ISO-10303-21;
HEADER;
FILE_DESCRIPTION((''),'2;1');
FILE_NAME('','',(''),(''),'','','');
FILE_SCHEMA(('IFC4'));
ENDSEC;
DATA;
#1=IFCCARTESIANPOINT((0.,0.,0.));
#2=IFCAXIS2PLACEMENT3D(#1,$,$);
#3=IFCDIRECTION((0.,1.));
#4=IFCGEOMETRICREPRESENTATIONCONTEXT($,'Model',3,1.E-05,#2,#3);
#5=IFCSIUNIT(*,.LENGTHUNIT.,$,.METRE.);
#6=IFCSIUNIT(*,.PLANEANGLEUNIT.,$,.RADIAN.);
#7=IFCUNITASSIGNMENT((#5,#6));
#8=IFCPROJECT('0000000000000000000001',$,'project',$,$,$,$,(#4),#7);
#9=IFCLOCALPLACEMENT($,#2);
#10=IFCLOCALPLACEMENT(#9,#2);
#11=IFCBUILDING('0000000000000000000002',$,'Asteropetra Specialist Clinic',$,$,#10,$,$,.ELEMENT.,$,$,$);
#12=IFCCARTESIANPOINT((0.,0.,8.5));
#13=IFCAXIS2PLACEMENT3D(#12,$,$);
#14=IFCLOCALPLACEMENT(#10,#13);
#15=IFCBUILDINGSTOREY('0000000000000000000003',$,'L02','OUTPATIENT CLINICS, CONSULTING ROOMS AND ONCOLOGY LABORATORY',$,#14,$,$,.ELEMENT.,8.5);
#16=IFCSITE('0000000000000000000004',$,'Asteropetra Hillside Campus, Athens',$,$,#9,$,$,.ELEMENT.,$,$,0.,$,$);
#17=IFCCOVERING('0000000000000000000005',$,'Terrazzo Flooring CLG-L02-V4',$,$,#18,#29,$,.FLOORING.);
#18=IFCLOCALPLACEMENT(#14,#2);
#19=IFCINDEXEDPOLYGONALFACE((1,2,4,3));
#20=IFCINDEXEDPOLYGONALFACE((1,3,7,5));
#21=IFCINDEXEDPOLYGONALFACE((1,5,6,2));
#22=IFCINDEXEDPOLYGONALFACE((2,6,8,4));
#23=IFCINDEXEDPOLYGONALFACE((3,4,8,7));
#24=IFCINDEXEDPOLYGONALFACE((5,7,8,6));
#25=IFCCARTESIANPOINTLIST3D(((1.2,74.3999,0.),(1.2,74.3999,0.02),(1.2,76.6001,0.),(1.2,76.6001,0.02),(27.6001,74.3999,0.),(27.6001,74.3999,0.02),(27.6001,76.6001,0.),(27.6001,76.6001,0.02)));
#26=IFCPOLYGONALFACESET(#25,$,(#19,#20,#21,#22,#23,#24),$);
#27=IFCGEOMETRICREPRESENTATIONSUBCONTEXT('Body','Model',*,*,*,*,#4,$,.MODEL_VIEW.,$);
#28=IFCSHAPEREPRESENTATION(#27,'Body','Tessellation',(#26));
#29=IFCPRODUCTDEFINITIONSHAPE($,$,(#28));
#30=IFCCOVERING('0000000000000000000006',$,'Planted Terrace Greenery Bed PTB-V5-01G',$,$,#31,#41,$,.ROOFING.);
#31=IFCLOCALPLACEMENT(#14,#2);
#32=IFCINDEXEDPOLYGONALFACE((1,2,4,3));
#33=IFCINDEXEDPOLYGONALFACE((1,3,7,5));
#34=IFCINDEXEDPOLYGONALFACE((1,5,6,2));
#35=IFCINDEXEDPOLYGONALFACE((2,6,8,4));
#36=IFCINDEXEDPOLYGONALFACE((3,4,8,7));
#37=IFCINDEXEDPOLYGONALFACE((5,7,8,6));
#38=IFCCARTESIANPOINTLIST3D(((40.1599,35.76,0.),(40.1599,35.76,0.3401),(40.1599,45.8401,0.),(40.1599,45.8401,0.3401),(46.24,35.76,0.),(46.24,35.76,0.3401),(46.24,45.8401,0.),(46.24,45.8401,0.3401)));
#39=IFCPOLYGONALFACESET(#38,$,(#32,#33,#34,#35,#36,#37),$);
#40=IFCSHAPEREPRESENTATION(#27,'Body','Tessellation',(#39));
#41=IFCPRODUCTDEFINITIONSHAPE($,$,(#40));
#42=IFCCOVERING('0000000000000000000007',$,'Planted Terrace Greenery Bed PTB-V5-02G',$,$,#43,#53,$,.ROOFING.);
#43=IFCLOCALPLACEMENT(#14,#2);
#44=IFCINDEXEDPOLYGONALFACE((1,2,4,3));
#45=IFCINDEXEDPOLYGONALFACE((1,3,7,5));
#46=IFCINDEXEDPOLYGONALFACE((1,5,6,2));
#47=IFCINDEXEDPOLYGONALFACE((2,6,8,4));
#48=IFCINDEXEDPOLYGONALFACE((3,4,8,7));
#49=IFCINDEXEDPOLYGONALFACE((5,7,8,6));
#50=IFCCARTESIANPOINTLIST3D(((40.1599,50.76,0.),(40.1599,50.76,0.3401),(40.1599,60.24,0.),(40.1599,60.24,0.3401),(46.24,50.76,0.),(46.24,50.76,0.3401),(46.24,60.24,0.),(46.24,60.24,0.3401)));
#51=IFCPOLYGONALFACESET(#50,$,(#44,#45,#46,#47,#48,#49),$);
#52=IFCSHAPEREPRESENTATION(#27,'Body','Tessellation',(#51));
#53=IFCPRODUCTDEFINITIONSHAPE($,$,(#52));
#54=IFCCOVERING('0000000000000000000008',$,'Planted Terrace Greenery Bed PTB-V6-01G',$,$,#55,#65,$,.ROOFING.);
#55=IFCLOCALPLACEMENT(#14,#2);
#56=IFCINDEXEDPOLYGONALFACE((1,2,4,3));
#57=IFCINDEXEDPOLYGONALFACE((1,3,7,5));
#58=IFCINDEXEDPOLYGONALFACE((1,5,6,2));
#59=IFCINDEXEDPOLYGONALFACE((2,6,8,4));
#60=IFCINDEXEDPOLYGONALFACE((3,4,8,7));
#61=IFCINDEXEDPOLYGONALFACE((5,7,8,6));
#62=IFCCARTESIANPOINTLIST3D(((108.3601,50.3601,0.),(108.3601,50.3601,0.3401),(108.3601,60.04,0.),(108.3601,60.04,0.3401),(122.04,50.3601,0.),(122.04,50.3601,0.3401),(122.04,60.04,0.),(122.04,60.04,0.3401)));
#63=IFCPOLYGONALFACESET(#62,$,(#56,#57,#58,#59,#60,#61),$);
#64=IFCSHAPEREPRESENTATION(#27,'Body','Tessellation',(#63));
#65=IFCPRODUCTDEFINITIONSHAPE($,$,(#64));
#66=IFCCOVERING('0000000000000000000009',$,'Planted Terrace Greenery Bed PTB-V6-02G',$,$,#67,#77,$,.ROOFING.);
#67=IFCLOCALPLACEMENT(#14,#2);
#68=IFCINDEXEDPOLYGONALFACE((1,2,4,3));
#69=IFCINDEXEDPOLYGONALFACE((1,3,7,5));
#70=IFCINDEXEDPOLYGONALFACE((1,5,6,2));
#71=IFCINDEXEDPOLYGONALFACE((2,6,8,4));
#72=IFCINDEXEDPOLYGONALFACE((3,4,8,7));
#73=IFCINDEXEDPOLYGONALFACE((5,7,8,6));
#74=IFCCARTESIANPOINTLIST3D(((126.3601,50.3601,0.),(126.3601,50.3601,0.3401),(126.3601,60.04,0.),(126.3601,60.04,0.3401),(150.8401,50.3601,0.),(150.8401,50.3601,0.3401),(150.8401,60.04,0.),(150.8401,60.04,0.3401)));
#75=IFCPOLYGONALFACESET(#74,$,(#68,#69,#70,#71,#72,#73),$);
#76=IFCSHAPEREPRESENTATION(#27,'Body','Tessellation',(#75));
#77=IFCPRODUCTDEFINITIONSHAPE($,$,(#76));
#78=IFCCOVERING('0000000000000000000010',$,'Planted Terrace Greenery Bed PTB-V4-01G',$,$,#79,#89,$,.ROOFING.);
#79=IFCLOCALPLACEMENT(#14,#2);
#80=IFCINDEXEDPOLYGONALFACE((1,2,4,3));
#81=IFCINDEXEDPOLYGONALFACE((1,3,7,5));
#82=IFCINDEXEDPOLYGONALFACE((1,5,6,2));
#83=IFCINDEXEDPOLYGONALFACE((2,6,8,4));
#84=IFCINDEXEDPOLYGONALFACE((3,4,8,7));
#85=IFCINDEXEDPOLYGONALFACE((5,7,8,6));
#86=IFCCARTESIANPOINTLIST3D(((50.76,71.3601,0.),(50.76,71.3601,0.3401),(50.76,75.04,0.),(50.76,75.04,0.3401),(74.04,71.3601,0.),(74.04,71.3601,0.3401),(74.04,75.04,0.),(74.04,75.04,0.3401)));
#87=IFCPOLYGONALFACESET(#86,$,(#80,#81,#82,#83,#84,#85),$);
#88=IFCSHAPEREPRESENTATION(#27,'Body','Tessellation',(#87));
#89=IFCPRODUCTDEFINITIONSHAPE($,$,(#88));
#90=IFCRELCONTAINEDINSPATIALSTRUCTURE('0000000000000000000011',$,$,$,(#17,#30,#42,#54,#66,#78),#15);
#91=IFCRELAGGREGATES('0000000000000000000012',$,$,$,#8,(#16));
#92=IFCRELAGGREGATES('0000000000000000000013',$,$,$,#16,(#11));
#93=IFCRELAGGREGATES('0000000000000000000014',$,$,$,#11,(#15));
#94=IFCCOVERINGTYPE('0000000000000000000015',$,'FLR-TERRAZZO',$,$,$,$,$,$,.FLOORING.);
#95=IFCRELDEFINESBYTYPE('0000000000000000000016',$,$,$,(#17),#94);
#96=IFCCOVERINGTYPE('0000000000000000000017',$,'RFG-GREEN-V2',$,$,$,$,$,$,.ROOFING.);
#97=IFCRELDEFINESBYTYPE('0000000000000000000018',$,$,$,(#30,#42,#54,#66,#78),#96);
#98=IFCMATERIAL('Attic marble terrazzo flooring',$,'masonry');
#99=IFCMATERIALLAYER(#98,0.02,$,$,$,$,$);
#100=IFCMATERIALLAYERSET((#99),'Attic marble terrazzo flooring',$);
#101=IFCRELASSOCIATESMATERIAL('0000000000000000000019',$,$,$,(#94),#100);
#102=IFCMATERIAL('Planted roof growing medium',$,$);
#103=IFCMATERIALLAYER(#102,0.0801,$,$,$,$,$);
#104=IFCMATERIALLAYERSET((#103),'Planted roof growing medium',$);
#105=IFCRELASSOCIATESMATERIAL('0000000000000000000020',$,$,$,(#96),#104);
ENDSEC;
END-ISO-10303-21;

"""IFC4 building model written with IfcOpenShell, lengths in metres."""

from ifc_helpers import new_model, si_unit, direction, frame, origin, place, context, subcontext, project, spatial, polyline, outline, extrude, material, layer, layer_set, type_object, element, save


model = new_model("IFC4")

# Units and contexts
model_context = context("Model", 3, precision=1e-05, world=origin(), true_north=direction((0.0, 1.0)))
body_context = subcontext(model_context, "Body", "Model", "MODEL_VIEW")
ifc_project = project(units=[si_unit("LENGTHUNIT", "METRE"), si_unit("PLANEANGLEUNIT", "RADIAN")], contexts=[model_context])

# Site, building, storey
site_placement = place(None, origin())
site = spatial("IfcSite", under=ifc_project, at=site_placement, Name="Asteropetra Hillside Campus, Athens", CompositionType="ELEMENT", RefElevation=0.0)
building_placement = place(site_placement, origin())
building = spatial("IfcBuilding", under=site, at=building_placement, Name="Asteropetra Specialist Clinic", CompositionType="ELEMENT")
storey_placement = place(building_placement, frame((0.0, 0.0, 8.5)))
storey = spatial("IfcBuildingStorey", under=building, at=storey_placement, Name="L02", Description="OUTPATIENT CLINICS, CONSULTING ROOMS AND ONCOLOGY LABORATORY", CompositionType="ELEMENT", Elevation=8.5)

# Coverings
ifc_material_1 = material(Name="Attic marble terrazzo flooring", Category="masonry")
ifc_layer_1 = layer(ifc_material_1, 0.02)
ifc_layer_set_1 = layer_set([ifc_layer_1], Name="Attic marble terrazzo flooring")
covering_type_1 = type_object("IfcCoveringType", Name="FLR-TERRAZZO", PredefinedType="FLOORING", material=ifc_layer_set_1)
covering_1_placement = place(storey_placement, origin())
element("IfcCovering", 1, at=covering_1_placement, inside=storey, type_object=covering_type_1, Name="Terrazzo Flooring CLG-L02-V4", PredefinedType="FLOORING", context=body_context, shape_type="SweptSolid", body=[
    extrude(outline(polyline([(1.2, 74.3999), (27.6001, 74.3999), (27.6001, 76.6001), (1.2, 76.6001), (1.2, 74.3999)])), origin(), (0.0, 0.0, 1.0), 0.02),
])
ifc_material_2 = material(Name="Planted roof growing medium")
ifc_layer_2 = layer(ifc_material_2, 0.0801)
ifc_layer_set_2 = layer_set([ifc_layer_2], Name="Planted roof growing medium")
covering_type_2 = type_object("IfcCoveringType", Name="RFG-GREEN-V2", PredefinedType="ROOFING", material=ifc_layer_set_2)
covering_2_placement = place(storey_placement, origin())
element("IfcCovering", 2, at=covering_2_placement, inside=storey, type_object=covering_type_2, Name="Planted Terrace Greenery Bed PTB-V5-01G", PredefinedType="ROOFING", context=body_context, shape_type="SweptSolid", body=[
    extrude(outline(polyline([(40.1599, 35.76), (46.24, 35.76), (46.24, 45.8401), (40.1599, 45.8401), (40.1599, 35.76)])), origin(), (0.0, 0.0, 1.0), 0.3401),
])
covering_3_placement = place(storey_placement, origin())
element("IfcCovering", 3, at=covering_3_placement, inside=storey, type_object=covering_type_2, Name="Planted Terrace Greenery Bed PTB-V5-02G", PredefinedType="ROOFING", context=body_context, shape_type="SweptSolid", body=[
    extrude(outline(polyline([(40.1599, 50.76), (46.24, 50.76), (46.24, 60.24), (40.1599, 60.24), (40.1599, 50.76)])), origin(), (0.0, 0.0, 1.0), 0.3401),
])
covering_4_placement = place(storey_placement, origin())
element("IfcCovering", 4, at=covering_4_placement, inside=storey, type_object=covering_type_2, Name="Planted Terrace Greenery Bed PTB-V6-01G", PredefinedType="ROOFING", context=body_context, shape_type="SweptSolid", body=[
    extrude(outline(polyline([(108.3601, 50.3601), (122.04, 50.3601), (122.04, 60.04), (108.3601, 60.04), (108.3601, 50.3601)])), origin(), (0.0, 0.0, 1.0), 0.3401),
])
covering_5_placement = place(storey_placement, origin())
element("IfcCovering", 5, at=covering_5_placement, inside=storey, type_object=covering_type_2, Name="Planted Terrace Greenery Bed PTB-V6-02G", PredefinedType="ROOFING", context=body_context, shape_type="SweptSolid", body=[
    extrude(outline(polyline([(126.3601, 50.3601), (150.8401, 50.3601), (150.8401, 60.04), (126.3601, 60.04), (126.3601, 50.3601)])), origin(), (0.0, 0.0, 1.0), 0.3401),
])
covering_6_placement = place(storey_placement, origin())
element("IfcCovering", 6, at=covering_6_placement, inside=storey, type_object=covering_type_2, Name="Planted Terrace Greenery Bed PTB-V4-01G", PredefinedType="ROOFING", context=body_context, shape_type="SweptSolid", body=[
    extrude(outline(polyline([(50.76, 71.3601), (74.04, 71.3601), (74.04, 75.04), (50.76, 75.04), (50.76, 71.3601)])), origin(), (0.0, 0.0, 1.0), 0.3401),
])

save(model, "model.ifc")
